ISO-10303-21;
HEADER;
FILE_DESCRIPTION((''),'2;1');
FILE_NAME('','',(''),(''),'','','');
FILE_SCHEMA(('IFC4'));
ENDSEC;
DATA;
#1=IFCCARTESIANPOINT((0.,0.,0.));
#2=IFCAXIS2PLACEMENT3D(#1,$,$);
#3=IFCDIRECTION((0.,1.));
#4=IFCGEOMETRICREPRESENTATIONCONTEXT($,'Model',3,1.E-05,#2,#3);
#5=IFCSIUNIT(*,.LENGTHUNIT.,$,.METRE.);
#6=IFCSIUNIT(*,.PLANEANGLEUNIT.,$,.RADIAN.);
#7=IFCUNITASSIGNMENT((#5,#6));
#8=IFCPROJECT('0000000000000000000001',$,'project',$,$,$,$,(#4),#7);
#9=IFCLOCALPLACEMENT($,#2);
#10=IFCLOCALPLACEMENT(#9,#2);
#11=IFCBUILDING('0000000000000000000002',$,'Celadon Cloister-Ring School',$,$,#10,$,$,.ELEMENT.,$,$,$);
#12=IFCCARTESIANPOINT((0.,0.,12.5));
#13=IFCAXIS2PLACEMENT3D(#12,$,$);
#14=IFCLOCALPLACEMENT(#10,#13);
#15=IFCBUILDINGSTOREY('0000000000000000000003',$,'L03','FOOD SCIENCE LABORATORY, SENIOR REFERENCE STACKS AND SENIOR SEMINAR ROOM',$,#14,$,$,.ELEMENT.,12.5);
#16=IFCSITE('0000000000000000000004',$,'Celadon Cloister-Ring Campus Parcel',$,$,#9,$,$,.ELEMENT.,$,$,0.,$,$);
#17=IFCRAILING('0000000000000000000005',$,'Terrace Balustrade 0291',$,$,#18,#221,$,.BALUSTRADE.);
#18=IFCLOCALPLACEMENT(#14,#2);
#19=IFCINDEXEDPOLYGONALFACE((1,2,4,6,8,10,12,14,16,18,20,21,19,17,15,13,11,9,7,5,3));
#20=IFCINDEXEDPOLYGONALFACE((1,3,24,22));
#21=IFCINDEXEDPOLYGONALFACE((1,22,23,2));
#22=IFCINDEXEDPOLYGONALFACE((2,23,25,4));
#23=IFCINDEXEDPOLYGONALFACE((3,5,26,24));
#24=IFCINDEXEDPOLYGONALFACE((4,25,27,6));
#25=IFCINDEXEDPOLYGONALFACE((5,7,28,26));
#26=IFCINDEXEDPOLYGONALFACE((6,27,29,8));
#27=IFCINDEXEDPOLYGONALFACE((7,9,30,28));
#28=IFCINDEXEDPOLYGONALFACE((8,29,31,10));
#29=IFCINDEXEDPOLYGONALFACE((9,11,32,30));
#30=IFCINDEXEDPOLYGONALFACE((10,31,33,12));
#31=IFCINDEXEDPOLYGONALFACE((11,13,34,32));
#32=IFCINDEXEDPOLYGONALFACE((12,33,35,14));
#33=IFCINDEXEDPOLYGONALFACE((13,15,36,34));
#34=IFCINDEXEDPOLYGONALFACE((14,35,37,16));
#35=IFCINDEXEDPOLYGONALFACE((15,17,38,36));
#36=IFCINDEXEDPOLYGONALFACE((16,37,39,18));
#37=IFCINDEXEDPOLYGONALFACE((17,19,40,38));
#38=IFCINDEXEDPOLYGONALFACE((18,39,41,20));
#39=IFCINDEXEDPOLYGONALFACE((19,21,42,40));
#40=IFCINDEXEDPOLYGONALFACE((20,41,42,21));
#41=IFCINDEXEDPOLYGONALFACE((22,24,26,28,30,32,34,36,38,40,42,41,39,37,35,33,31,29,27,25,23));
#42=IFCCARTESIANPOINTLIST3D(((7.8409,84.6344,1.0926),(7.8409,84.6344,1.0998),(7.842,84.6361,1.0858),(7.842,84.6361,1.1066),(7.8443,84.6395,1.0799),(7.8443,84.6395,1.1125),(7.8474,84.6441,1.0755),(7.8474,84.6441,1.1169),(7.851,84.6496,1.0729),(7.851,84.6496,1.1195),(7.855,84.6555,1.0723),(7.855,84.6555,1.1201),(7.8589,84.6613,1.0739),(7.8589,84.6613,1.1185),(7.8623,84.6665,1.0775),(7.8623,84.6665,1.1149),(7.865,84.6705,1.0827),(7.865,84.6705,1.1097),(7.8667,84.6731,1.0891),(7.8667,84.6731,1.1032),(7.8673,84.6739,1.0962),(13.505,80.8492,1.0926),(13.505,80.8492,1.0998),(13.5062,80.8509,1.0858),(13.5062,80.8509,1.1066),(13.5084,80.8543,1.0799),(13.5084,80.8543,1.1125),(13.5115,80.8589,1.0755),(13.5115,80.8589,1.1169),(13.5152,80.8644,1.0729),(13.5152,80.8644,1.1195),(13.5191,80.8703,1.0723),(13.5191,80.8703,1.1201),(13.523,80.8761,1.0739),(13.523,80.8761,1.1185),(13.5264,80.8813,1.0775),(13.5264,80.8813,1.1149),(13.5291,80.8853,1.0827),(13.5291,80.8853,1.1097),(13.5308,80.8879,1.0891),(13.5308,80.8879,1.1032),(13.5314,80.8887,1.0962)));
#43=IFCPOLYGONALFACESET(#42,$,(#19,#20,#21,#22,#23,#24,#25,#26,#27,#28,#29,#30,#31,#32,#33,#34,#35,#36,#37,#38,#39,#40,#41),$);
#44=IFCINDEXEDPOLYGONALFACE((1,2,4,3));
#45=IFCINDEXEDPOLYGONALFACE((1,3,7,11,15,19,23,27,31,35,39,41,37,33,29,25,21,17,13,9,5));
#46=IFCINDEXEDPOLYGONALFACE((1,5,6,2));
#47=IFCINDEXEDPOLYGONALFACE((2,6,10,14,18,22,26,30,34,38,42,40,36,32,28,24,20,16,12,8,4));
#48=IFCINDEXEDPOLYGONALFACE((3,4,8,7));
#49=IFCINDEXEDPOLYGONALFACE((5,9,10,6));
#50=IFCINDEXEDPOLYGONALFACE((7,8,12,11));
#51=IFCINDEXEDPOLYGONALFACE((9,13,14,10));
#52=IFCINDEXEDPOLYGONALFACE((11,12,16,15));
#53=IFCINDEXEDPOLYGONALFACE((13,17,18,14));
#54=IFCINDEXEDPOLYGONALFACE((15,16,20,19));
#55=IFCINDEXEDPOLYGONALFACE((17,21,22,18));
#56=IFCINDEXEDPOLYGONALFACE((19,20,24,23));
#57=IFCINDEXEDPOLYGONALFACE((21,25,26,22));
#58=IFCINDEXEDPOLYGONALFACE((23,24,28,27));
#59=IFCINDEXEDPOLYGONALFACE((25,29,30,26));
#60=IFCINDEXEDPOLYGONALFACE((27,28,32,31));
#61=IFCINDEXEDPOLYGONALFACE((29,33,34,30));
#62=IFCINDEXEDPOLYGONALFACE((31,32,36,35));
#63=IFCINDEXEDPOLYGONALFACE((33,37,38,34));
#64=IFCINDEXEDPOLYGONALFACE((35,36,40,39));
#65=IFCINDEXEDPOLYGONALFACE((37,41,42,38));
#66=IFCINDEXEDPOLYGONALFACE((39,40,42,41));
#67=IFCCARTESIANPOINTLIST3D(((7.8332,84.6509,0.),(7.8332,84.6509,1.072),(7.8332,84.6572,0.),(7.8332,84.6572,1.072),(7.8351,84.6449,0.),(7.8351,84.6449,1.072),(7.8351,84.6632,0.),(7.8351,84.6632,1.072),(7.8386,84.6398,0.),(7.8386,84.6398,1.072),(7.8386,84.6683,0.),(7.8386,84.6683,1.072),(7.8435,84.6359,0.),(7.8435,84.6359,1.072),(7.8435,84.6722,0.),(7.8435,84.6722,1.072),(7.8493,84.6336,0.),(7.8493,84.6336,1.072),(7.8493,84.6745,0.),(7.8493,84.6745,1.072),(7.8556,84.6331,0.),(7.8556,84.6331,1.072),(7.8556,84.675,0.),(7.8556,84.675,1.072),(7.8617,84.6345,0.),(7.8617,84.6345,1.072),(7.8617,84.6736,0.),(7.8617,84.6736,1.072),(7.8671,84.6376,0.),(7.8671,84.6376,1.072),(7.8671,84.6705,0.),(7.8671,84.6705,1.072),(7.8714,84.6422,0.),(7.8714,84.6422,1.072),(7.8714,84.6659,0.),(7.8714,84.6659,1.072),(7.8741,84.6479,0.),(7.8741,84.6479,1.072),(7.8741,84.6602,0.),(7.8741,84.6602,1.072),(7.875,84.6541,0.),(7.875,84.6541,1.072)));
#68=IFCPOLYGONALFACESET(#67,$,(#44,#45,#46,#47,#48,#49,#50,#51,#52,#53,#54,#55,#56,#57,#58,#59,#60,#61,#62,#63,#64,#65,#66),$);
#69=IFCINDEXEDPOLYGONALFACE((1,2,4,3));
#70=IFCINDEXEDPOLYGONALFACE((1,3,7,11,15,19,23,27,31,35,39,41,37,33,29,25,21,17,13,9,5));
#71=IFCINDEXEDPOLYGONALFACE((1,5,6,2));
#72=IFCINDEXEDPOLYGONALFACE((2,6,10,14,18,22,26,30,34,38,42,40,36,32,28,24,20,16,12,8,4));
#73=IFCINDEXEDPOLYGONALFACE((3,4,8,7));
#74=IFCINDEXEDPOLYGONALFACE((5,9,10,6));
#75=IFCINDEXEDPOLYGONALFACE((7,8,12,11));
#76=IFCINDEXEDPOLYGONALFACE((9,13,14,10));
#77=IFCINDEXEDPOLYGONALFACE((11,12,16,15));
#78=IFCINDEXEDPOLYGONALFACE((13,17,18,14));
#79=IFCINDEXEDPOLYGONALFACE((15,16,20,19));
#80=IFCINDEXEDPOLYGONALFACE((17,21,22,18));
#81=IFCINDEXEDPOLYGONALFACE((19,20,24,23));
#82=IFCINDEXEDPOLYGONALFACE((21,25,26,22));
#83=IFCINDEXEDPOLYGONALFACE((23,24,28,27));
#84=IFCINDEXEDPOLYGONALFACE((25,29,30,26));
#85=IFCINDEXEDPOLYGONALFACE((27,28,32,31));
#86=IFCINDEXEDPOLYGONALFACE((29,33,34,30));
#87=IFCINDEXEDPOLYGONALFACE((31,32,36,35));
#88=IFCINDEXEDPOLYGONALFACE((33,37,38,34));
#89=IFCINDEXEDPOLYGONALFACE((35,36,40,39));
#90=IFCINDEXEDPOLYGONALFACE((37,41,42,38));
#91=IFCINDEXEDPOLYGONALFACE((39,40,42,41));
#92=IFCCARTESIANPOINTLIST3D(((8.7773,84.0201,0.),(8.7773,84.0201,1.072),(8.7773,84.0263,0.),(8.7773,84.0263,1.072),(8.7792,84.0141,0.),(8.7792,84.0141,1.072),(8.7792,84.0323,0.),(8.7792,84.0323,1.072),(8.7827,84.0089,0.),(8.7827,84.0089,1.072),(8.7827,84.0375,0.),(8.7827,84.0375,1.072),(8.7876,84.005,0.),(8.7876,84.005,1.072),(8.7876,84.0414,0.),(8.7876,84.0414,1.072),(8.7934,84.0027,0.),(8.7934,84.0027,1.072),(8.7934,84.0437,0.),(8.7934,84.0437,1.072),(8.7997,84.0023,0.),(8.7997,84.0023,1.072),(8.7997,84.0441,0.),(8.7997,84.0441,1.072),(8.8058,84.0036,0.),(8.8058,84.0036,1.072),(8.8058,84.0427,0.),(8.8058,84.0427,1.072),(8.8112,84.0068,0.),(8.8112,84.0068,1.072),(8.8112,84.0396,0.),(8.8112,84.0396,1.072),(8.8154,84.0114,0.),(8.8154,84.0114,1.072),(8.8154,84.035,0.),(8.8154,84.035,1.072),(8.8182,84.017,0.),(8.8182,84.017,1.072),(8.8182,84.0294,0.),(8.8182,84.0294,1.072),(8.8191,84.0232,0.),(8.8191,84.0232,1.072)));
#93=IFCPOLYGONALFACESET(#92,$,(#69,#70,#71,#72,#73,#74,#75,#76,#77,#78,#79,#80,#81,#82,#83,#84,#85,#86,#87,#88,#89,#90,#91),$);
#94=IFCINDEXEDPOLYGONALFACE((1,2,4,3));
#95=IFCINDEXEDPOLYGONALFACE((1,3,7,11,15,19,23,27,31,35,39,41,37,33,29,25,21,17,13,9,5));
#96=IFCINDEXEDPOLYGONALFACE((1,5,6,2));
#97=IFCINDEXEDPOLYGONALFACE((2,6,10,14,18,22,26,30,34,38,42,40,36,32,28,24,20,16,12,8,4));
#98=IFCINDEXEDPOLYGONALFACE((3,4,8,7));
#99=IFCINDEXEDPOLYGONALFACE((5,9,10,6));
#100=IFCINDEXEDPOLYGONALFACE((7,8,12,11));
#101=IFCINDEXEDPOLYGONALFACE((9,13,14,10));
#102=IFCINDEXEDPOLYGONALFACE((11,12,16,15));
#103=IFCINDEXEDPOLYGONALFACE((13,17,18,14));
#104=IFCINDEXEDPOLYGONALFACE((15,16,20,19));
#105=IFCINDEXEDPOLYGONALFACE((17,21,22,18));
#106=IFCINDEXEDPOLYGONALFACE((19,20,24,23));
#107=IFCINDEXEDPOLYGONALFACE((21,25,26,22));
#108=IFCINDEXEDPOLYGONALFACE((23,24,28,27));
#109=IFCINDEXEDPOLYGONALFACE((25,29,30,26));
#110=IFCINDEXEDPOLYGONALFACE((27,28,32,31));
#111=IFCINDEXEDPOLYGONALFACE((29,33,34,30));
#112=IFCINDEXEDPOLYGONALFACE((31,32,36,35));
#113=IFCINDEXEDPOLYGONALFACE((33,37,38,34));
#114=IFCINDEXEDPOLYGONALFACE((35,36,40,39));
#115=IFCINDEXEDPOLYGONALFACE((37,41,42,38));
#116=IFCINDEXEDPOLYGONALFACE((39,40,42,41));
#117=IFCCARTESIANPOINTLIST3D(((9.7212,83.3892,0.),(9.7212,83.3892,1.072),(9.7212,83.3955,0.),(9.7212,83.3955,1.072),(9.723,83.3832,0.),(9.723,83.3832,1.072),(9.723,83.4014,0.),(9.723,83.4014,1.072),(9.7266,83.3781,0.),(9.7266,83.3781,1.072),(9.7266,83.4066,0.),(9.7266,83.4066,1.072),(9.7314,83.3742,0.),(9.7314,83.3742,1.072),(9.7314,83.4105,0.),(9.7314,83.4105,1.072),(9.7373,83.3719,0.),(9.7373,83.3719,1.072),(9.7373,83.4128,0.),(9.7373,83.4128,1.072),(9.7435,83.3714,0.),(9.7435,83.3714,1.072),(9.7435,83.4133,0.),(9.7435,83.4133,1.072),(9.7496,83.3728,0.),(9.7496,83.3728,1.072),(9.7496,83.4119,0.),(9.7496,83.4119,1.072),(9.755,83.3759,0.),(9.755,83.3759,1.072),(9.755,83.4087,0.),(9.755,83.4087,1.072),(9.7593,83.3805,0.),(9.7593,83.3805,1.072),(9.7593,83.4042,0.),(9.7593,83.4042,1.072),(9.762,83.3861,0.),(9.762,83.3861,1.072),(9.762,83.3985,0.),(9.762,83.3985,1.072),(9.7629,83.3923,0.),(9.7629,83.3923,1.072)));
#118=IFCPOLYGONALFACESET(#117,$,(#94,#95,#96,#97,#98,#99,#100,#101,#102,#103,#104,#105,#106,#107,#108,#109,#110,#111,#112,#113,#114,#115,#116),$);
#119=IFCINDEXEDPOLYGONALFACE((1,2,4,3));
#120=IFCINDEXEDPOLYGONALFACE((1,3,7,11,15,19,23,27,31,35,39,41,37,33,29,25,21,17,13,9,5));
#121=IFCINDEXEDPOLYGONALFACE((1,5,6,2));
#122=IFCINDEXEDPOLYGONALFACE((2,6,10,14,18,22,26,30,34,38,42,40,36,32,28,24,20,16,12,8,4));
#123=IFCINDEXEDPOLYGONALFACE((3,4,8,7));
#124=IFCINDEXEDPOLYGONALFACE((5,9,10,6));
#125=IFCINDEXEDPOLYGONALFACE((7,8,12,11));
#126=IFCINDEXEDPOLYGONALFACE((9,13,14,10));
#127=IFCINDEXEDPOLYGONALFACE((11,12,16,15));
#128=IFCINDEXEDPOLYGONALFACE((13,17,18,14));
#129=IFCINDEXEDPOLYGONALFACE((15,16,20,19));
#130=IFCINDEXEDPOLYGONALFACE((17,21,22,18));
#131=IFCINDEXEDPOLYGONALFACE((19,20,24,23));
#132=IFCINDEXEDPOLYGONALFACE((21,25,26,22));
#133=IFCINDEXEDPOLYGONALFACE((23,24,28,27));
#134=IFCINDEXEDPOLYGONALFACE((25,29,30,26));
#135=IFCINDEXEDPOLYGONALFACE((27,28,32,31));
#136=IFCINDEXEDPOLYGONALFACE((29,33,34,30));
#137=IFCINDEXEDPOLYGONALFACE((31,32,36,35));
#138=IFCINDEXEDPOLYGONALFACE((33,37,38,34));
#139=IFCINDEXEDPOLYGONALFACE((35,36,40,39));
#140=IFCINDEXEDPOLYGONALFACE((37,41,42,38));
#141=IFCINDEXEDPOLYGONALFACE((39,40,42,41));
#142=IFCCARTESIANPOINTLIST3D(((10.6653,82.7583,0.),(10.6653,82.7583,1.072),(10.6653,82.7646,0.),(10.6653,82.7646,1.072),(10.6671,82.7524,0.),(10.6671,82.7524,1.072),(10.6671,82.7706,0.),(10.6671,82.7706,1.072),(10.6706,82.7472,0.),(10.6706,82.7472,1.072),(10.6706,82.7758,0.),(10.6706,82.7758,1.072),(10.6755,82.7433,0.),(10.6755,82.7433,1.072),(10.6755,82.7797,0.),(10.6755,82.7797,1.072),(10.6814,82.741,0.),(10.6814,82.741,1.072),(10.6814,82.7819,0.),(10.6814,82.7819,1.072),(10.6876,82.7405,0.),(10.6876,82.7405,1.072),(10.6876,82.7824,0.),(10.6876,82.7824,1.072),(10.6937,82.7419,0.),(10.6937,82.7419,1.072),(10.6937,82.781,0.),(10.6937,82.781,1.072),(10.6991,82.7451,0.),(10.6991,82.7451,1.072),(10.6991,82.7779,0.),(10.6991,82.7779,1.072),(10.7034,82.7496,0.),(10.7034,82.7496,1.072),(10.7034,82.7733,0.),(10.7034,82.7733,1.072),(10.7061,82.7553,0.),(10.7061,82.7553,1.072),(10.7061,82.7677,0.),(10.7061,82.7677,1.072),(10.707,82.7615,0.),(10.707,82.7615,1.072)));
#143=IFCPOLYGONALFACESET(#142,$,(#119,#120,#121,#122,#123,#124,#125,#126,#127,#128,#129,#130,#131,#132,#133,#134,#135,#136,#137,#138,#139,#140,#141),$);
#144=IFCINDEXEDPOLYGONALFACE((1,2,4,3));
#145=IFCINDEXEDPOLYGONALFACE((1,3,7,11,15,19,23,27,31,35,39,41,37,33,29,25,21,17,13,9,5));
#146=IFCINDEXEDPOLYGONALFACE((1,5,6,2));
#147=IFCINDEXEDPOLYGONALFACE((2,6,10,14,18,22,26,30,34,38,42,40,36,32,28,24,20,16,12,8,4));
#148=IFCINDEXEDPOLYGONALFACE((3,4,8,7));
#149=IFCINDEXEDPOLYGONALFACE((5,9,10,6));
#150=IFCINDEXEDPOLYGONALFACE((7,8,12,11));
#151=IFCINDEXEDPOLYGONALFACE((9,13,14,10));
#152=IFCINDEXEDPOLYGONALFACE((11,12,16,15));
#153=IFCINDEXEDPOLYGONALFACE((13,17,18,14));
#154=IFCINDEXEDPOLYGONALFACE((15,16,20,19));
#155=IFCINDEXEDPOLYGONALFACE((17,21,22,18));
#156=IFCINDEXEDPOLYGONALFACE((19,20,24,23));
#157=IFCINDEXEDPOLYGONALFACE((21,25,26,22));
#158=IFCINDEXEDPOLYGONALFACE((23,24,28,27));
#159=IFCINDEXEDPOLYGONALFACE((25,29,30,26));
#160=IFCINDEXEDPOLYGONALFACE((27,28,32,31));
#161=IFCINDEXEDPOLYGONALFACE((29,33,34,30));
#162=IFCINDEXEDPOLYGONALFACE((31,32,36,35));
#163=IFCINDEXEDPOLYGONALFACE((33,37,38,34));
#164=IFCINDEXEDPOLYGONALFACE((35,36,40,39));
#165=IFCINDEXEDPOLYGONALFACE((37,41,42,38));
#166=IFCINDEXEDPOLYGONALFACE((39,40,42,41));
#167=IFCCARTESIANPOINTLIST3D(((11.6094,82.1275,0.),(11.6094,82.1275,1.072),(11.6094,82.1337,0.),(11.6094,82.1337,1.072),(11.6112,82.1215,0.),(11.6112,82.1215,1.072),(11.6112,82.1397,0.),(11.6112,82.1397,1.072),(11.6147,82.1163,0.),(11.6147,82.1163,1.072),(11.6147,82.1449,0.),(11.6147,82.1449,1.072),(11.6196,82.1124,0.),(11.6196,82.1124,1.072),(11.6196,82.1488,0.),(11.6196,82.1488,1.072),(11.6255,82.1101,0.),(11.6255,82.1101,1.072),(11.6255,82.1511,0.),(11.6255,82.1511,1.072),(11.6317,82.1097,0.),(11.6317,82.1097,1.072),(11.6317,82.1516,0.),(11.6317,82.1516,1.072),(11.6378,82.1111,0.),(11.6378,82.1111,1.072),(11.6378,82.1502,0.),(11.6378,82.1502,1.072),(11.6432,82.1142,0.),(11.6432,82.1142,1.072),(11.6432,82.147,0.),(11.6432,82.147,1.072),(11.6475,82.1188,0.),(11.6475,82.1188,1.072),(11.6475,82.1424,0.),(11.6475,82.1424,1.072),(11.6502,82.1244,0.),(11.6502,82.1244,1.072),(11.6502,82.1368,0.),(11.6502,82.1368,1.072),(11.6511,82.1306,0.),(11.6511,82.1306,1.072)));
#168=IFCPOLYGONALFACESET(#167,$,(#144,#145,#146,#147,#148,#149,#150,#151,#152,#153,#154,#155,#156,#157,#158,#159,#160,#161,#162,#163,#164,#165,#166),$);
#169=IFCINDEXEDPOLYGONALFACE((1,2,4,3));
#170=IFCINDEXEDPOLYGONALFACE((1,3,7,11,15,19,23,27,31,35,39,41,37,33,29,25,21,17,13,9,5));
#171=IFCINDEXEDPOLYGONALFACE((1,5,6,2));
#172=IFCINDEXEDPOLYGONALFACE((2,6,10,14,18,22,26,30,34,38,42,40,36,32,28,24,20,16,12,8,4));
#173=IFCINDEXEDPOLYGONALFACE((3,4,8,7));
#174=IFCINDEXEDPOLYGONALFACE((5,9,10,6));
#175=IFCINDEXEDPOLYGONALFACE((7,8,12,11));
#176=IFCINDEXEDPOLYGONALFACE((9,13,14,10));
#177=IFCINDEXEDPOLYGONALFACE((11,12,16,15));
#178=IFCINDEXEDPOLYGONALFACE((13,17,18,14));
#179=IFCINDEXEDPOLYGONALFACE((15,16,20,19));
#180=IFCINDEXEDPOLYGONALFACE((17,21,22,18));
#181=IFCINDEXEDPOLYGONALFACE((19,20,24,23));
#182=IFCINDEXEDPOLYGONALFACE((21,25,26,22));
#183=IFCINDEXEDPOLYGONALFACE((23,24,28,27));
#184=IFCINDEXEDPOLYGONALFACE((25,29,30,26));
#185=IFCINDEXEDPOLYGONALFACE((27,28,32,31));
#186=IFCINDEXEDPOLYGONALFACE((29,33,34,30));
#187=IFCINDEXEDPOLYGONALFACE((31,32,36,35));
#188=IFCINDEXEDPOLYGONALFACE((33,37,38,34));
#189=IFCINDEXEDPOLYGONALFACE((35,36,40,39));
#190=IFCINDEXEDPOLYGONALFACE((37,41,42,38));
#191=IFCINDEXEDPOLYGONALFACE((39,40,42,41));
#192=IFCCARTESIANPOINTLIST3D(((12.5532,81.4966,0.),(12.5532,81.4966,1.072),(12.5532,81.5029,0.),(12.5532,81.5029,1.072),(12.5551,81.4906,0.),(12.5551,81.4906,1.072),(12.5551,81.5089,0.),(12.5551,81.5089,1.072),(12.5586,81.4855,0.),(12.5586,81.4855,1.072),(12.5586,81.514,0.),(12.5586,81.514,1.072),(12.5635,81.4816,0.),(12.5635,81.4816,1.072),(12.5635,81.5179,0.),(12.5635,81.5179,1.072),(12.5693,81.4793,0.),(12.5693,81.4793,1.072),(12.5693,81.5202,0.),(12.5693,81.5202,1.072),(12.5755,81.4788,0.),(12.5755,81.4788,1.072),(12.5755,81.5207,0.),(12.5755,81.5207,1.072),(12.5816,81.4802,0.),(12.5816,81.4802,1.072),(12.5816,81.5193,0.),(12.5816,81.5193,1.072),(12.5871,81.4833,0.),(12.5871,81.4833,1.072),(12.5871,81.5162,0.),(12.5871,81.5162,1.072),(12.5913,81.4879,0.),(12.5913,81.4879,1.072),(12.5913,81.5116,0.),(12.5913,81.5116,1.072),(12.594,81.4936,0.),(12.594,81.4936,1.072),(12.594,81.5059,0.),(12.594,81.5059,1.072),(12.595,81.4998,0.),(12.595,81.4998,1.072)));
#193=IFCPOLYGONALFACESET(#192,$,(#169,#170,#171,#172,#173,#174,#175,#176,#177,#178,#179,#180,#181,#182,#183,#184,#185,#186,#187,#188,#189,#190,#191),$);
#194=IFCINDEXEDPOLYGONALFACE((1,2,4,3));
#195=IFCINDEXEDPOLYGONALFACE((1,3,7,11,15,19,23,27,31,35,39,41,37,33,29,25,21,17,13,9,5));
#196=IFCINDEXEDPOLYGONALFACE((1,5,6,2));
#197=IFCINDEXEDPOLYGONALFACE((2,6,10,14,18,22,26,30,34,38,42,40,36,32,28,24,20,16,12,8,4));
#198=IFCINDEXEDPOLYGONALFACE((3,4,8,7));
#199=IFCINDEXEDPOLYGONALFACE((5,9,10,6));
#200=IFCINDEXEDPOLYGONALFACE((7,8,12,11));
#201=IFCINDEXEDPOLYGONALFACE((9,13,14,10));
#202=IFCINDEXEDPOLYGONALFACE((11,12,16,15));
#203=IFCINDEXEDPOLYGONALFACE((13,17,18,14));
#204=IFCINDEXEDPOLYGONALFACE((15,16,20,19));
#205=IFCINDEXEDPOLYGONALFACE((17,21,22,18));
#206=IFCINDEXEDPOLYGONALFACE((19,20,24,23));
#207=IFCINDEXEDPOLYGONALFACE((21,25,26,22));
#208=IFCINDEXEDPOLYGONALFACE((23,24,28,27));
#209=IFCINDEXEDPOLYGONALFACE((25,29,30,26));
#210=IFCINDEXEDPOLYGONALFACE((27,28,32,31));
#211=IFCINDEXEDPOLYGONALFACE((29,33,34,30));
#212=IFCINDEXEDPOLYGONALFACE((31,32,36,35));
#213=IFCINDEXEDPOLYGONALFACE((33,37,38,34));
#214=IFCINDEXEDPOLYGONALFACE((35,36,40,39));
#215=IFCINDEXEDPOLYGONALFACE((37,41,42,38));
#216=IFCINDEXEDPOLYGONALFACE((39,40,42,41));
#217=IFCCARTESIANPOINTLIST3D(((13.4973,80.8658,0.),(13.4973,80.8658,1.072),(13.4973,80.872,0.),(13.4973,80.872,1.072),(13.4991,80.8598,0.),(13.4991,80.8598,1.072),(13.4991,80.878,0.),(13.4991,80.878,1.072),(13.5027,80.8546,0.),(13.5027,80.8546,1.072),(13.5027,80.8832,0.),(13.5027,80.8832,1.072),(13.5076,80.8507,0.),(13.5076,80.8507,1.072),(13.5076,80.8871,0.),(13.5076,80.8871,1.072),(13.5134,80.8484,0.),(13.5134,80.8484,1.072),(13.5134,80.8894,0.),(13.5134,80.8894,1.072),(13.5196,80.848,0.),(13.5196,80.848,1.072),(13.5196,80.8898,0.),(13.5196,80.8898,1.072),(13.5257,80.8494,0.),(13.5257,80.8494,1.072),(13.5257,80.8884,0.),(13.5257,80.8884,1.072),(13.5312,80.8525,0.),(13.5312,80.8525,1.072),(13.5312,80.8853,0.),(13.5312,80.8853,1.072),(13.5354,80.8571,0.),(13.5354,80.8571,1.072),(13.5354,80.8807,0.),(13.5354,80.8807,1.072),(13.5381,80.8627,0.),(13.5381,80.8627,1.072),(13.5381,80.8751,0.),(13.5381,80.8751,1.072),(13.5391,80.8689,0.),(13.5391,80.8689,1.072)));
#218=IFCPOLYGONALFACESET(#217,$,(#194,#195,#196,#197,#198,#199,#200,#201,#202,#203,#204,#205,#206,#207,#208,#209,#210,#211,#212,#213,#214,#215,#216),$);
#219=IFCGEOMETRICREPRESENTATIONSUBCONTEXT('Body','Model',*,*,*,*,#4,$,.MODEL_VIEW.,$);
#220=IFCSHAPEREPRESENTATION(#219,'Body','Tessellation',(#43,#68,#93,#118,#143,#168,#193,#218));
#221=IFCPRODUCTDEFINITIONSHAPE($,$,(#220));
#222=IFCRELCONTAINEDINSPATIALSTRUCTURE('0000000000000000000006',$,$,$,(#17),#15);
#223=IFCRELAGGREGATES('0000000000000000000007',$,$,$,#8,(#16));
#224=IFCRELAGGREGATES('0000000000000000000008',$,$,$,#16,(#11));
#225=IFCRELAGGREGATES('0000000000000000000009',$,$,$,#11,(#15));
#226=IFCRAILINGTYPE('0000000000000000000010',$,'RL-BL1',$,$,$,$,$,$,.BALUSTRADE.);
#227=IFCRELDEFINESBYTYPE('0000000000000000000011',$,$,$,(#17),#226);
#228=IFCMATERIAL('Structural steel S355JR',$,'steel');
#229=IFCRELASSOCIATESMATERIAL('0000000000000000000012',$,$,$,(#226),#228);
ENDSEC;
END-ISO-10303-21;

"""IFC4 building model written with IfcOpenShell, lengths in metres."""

from ifc_helpers import new_model, si_unit, direction, frame, origin, origin_2d, place, context, subcontext, project, spatial, circle, extrude, material, type_object, element, save


model = new_model("IFC4")

# Units and contexts
model_context = context("Model", 3, precision=1e-05, world=origin(), true_north=direction((0.0, 1.0)))
body_context = subcontext(model_context, "Body", "Model", "MODEL_VIEW")
ifc_project = project(units=[si_unit("LENGTHUNIT", "METRE"), si_unit("PLANEANGLEUNIT", "RADIAN")], contexts=[model_context])

# Site, building, storey
site_placement = place(None, origin())
site = spatial("IfcSite", under=ifc_project, at=site_placement, Name="Celadon Cloister-Ring Campus Parcel", CompositionType="ELEMENT", RefElevation=0.0)
building_placement = place(site_placement, origin())
building = spatial("IfcBuilding", under=site, at=building_placement, Name="Celadon Cloister-Ring School", CompositionType="ELEMENT")
storey_placement = place(building_placement, frame((0.0, 0.0, 12.5)))
storey = spatial("IfcBuildingStorey", under=building, at=storey_placement, Name="L03", Description="FOOD SCIENCE LABORATORY, SENIOR REFERENCE STACKS AND SENIOR SEMINAR ROOM", CompositionType="ELEMENT", Elevation=12.5)

# Railing
ifc_material_1 = material(Name="Structural steel S355JR", Category="steel")
railing_type = type_object("IfcRailingType", Name="RL-BL1", PredefinedType="BALUSTRADE", material=ifc_material_1)
railing_1_placement = place(storey_placement, frame((7.854, 84.6541, 0.0)))
element("IfcRailing", 1, at=railing_1_placement, inside=storey, type_object=railing_type, Name="Terrace Balustrade 0291", PredefinedType="BALUSTRADE", context=body_context, shape_type="SweptSolid", body=[
    extrude(circle(Radius=0.0239, at=origin_2d()), frame((0.0, 0.0, 1.0962), z_axis=(0.831432, -0.555626, 0.0), x_axis=(0.555626, 0.831432, 0.0)), (0.0, 0.0, 1.0), 6.8125),
    extrude(circle(Radius=0.021, at=origin_2d()), origin(), (0.0, 0.0, 1.0), 1.072),
    extrude(circle(Radius=0.021, at=origin_2d()), frame((0.9441, -0.6309, 0.0)), (0.0, 0.0, 1.0), 1.072),
    extrude(circle(Radius=0.021, at=origin_2d()), frame((1.8879, -1.2617, 0.0)), (0.0, 0.0, 1.0), 1.072),
    extrude(circle(Radius=0.021, at=origin_2d()), frame((2.832, -1.8926, 0.0)), (0.0, 0.0, 1.0), 1.072),
    extrude(circle(Radius=0.021, at=origin_2d()), frame((3.7761, -2.5234, 0.0)), (0.0, 0.0, 1.0), 1.072),
    extrude(circle(Radius=0.021, at=origin_2d()), frame((4.72, -3.1543, 0.0)), (0.0, 0.0, 1.0), 1.072),
    extrude(circle(Radius=0.021, at=origin_2d()), frame((5.6641, -3.7852, 0.0)), (0.0, 0.0, 1.0), 1.072),
])

save(model, "model.ifc")
